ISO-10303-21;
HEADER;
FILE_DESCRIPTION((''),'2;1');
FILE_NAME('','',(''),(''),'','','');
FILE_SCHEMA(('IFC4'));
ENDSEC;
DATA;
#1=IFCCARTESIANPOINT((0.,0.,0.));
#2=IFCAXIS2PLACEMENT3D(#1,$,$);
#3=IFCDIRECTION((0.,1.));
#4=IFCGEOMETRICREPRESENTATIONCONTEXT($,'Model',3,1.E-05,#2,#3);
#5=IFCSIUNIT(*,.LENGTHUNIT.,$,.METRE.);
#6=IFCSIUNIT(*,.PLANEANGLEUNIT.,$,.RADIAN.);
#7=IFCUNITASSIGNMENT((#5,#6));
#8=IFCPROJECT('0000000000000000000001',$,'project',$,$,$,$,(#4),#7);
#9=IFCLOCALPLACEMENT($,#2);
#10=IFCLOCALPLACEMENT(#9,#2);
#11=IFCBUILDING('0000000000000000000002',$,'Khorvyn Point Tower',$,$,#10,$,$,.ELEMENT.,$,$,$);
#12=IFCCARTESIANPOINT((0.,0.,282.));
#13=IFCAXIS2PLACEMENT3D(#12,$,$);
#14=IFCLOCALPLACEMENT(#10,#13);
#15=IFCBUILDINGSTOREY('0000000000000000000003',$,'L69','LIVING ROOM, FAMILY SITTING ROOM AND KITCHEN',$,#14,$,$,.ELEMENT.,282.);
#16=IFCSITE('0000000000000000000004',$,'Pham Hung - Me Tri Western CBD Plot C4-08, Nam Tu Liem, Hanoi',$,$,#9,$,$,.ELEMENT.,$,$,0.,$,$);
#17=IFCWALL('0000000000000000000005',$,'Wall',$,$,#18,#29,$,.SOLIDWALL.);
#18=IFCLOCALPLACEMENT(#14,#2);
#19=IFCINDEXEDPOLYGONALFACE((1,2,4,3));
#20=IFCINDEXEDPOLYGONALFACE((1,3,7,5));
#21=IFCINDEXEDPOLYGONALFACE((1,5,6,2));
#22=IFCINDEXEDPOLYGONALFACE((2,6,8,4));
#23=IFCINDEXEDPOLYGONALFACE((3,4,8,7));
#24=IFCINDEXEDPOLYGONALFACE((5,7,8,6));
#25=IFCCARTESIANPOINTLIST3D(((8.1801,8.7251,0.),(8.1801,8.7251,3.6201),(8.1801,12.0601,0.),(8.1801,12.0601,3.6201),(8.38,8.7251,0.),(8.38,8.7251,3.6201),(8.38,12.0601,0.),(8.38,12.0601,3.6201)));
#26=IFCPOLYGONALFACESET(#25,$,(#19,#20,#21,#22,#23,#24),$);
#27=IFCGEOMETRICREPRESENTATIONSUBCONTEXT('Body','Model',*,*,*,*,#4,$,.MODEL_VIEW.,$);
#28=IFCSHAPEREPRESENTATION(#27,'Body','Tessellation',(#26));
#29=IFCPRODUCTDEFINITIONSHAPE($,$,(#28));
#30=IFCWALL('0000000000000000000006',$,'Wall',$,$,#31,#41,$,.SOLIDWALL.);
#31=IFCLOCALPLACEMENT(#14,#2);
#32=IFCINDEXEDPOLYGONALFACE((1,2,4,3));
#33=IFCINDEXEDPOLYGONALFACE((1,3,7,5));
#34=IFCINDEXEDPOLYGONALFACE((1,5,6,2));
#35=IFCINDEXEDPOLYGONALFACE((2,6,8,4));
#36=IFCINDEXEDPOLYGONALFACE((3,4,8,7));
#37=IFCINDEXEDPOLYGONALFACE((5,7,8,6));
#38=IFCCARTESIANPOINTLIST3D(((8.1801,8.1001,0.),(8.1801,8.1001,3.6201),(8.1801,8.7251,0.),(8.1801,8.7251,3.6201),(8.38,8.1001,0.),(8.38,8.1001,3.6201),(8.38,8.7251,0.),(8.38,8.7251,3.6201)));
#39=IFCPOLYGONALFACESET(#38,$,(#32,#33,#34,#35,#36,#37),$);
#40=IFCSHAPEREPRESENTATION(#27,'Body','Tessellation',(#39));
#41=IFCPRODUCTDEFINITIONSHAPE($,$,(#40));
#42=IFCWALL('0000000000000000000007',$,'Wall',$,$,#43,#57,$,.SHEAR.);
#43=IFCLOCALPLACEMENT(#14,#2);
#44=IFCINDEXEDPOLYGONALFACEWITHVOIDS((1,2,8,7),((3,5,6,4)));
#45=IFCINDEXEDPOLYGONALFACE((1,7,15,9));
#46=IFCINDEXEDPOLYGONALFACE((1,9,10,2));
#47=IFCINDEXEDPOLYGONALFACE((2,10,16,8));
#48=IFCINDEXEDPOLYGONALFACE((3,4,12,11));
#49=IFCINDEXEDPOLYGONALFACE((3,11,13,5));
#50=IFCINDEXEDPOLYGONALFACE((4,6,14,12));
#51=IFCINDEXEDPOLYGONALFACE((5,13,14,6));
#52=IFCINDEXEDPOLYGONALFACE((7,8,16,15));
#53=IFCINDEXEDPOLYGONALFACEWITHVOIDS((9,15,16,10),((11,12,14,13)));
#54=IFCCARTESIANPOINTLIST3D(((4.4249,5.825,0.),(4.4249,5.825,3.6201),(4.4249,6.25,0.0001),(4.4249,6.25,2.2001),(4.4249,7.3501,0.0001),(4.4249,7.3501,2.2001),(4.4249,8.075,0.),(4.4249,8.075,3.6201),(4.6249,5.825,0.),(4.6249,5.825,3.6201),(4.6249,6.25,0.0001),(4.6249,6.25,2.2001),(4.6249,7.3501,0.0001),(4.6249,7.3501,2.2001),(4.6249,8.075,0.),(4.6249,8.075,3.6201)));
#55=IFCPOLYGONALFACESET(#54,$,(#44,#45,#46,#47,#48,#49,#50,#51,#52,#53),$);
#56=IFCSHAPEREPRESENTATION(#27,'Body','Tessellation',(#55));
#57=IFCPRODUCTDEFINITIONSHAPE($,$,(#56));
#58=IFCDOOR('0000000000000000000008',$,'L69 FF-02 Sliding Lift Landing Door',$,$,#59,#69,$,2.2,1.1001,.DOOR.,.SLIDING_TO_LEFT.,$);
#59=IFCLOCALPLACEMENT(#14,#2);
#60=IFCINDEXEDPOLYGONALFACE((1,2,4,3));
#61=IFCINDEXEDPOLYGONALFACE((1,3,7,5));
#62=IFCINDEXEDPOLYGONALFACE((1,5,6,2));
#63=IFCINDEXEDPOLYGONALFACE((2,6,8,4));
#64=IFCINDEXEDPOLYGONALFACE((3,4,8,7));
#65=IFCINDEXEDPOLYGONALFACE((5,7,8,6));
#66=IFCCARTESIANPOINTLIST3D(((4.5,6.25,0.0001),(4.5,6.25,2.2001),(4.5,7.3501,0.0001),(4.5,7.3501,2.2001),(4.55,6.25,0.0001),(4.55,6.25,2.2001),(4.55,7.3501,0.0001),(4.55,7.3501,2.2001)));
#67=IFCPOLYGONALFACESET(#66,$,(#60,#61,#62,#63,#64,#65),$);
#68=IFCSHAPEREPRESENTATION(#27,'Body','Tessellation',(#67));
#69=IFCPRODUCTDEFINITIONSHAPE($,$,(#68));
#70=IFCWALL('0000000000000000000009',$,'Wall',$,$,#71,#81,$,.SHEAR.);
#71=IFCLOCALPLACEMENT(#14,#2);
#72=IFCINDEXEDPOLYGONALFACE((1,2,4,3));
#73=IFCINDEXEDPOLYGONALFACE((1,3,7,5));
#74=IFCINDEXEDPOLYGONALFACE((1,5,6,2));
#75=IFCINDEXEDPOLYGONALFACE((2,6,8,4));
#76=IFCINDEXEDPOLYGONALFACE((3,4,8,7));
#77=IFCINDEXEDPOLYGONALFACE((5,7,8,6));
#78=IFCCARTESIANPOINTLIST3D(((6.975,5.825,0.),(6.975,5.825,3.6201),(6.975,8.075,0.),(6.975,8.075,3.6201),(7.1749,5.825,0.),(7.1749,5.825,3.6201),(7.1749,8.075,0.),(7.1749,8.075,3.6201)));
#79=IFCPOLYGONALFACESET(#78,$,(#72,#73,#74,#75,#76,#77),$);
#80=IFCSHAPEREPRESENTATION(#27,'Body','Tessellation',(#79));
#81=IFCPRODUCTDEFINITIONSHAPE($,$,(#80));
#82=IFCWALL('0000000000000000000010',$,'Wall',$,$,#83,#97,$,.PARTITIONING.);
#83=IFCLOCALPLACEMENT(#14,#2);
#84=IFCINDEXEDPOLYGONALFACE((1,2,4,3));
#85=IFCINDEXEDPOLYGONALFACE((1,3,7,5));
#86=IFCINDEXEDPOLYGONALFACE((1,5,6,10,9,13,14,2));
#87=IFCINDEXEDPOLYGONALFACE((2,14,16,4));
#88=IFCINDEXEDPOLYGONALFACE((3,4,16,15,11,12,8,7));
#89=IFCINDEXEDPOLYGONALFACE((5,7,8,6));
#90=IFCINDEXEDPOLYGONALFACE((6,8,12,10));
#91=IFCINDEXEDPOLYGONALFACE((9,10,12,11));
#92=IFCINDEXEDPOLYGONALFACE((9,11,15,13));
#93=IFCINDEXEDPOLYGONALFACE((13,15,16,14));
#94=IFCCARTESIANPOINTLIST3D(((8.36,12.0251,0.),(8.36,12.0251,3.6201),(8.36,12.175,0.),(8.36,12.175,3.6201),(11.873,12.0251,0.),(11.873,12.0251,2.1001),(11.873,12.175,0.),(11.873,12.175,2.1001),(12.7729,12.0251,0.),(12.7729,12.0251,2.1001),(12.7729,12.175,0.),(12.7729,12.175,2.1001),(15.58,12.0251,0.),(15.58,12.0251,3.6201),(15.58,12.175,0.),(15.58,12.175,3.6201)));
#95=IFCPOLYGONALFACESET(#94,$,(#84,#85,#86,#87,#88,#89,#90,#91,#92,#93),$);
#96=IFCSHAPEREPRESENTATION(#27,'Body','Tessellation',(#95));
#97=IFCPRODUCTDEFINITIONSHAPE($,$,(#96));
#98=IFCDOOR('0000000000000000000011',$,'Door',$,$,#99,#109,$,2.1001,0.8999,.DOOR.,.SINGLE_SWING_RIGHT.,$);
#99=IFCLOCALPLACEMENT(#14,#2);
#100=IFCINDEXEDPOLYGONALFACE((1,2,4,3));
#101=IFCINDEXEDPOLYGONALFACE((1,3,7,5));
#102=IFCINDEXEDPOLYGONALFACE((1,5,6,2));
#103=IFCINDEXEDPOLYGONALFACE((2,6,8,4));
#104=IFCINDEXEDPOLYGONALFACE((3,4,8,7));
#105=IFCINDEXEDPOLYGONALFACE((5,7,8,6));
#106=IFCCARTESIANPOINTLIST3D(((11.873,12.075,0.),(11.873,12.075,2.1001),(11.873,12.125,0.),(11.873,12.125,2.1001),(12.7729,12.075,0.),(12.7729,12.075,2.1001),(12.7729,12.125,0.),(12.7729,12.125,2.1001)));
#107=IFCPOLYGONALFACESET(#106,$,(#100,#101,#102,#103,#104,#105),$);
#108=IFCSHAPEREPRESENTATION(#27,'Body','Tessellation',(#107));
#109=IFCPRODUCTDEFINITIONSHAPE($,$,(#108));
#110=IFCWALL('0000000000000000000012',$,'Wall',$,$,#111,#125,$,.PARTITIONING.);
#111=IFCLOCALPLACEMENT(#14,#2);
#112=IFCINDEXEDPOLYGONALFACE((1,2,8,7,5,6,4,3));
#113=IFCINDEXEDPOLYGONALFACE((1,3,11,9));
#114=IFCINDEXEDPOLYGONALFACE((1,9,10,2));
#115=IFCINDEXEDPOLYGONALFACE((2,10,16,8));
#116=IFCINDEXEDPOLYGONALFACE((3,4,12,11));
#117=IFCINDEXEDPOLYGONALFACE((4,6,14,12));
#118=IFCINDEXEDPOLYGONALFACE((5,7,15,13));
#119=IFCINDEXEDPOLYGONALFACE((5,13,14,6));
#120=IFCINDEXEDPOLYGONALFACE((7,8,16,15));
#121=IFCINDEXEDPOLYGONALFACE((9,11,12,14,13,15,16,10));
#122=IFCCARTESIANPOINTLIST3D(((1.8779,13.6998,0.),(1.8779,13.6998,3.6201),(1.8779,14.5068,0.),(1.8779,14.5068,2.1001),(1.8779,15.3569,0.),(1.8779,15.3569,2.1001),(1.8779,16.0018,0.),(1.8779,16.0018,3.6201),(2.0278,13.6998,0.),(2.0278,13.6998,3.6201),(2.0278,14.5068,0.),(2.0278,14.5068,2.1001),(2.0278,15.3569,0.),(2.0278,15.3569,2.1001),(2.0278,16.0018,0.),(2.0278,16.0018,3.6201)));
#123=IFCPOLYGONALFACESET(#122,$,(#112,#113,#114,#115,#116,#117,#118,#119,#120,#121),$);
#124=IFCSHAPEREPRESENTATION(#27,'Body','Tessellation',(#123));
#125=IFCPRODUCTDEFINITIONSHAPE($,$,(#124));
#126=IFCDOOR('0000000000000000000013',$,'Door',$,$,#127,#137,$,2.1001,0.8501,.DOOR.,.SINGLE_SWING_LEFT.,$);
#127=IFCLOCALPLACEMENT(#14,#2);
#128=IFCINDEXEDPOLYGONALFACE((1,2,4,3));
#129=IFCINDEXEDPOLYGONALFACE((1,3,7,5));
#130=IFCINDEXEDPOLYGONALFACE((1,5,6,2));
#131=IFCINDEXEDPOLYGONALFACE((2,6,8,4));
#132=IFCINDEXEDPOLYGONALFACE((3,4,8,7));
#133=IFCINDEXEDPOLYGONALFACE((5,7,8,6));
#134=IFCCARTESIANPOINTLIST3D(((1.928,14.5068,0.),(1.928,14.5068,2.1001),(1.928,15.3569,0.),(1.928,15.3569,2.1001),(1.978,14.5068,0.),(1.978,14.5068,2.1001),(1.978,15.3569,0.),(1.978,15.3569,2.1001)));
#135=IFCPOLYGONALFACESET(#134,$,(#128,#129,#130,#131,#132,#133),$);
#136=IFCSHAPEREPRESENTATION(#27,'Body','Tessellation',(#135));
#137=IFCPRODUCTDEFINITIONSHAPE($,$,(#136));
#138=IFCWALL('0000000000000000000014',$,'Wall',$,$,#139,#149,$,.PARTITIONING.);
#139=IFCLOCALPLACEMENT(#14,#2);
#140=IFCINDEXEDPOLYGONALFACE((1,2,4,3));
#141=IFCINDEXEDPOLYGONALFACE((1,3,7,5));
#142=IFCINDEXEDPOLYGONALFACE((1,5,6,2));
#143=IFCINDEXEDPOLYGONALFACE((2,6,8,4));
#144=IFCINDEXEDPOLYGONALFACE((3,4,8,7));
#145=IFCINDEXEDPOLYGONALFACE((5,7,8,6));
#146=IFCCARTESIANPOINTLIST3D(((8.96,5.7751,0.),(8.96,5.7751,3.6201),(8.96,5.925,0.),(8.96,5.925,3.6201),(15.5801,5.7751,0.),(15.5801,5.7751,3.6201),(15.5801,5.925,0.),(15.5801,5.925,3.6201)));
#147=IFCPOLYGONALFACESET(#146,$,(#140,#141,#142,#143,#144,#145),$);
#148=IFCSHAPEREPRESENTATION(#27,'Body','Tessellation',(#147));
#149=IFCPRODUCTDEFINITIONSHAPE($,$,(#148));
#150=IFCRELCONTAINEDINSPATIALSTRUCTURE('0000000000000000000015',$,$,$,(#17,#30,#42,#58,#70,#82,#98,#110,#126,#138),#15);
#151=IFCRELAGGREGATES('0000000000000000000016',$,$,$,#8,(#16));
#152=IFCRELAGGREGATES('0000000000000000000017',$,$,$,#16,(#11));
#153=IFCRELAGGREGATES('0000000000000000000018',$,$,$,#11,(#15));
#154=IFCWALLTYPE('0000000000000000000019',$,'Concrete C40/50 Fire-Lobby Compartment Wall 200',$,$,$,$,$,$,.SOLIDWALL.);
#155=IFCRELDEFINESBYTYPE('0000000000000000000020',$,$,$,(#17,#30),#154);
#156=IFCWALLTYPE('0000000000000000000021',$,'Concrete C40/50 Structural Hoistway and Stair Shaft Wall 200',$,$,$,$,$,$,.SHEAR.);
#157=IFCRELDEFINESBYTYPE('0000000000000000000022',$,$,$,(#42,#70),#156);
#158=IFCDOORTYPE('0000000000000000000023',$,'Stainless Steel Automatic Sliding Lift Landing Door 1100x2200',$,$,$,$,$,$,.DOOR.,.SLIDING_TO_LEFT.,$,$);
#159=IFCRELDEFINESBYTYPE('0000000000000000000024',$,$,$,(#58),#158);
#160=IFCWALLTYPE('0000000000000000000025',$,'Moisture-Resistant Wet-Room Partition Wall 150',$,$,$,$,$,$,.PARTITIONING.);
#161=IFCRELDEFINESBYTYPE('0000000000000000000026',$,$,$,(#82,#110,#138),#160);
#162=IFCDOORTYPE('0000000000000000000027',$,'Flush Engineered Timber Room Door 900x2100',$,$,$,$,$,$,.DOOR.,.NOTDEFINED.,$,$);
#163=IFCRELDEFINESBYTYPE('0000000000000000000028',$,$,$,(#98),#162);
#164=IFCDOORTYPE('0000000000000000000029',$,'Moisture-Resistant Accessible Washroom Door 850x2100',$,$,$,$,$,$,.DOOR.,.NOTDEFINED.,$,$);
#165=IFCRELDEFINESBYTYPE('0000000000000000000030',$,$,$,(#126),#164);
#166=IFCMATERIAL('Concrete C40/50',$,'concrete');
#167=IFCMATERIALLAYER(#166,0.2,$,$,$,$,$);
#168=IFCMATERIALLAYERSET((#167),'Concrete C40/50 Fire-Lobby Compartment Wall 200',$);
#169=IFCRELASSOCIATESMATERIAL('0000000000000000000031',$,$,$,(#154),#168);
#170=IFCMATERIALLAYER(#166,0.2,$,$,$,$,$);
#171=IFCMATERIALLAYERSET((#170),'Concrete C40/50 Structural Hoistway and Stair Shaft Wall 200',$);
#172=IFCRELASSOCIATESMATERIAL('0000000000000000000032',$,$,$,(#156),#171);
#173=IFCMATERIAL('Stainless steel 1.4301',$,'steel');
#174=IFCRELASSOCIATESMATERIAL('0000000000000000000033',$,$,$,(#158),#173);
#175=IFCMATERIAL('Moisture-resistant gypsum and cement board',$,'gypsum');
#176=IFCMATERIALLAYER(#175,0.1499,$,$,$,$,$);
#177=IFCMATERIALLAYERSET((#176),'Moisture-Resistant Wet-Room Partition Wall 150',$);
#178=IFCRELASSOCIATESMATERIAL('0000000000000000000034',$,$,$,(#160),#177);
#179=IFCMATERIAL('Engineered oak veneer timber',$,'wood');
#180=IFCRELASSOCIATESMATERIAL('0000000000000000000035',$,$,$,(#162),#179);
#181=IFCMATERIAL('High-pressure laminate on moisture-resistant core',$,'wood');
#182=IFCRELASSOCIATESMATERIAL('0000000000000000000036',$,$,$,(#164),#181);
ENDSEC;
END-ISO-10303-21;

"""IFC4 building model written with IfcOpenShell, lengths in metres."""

from ifc_helpers import new_model, si_unit, direction, frame, frame_2d, origin, place, context, subcontext, project, spatial, rectangle, extrude, material, layer, layer_set, type_object, element, fill, save


model = new_model("IFC4")

# Units and contexts
model_context = context("Model", 3, precision=1e-05, world=origin(), true_north=direction((0.0, 1.0)))
body_context = subcontext(model_context, "Body", "Model", "MODEL_VIEW")
ifc_project = project(units=[si_unit("LENGTHUNIT", "METRE"), si_unit("PLANEANGLEUNIT", "RADIAN")], contexts=[model_context])

# Site, building, storey
site_placement = place(None, origin())
site = spatial("IfcSite", under=ifc_project, at=site_placement, Name="Pham Hung - Me Tri Western CBD Plot C4-08, Nam Tu Liem, Hanoi", CompositionType="ELEMENT", RefElevation=0.0)
building_placement = place(site_placement, origin())
building = spatial("IfcBuilding", under=site, at=building_placement, Name="Khorvyn Point Tower", CompositionType="ELEMENT")
storey_placement = place(building_placement, frame((0.0, 0.0, 282.0)))
storey = spatial("IfcBuildingStorey", under=building, at=storey_placement, Name="L69", Description="LIVING ROOM, FAMILY SITTING ROOM AND KITCHEN", CompositionType="ELEMENT", Elevation=282.0)

# Shared definitions
ifc_material_1 = material(Name="Concrete C40/50", Category="concrete")

# Shared definitions
ifc_layer_1 = layer(ifc_material_1, 0.2)
ifc_layer_set_1 = layer_set([ifc_layer_1], Name="Concrete C40/50 Fire-Lobby Compartment Wall 200")
wall_type_1 = type_object("IfcWallType", Name="Concrete C40/50 Fire-Lobby Compartment Wall 200", PredefinedType="SOLIDWALL", material=ifc_layer_set_1)

# Walls
wall_1_placement = place(storey_placement, frame((8.28, 8.7251, 0.0), z_axis=(0.0, 0.0, 1.0), x_axis=(0.0, 1.0, 0.0)))
element("IfcWall", 1, at=wall_1_placement, inside=storey, type_object=wall_type_1, Name="Wall", PredefinedType="SOLIDWALL", context=body_context, shape_type="SweptSolid", body=[
    extrude(rectangle(XDim=3.335, YDim=0.2, at=frame_2d((1.6675, 0.0))), origin(), (0.0, 0.0, 1.0), 3.6201),
])
wall_2_placement = place(storey_placement, frame((8.28, 8.1001, 0.0), z_axis=(0.0, 0.0, 1.0), x_axis=(0.0, 1.0, 0.0)))
element("IfcWall", 2, at=wall_2_placement, inside=storey, type_object=wall_type_1, Name="Wall", PredefinedType="SOLIDWALL", context=body_context, shape_type="SweptSolid", body=[
    extrude(rectangle(XDim=0.625, YDim=0.2, at=frame_2d((0.3125, 0.0))), origin(), (0.0, 0.0, 1.0), 3.6201),
])

# Wall, opening, door
ifc_layer_2 = layer(ifc_material_1, 0.2)
ifc_layer_set_2 = layer_set([ifc_layer_2], Name="Concrete C40/50 Structural Hoistway and Stair Shaft Wall 200")
wall_type_2 = type_object("IfcWallType", Name="Concrete C40/50 Structural Hoistway and Stair Shaft Wall 200", PredefinedType="SHEAR", material=ifc_layer_set_2)
wall_3_placement = place(storey_placement, frame((4.5249, 5.825, 0.0), z_axis=(0.0, 0.0, 1.0), x_axis=(0.0, 1.0, 0.0)))
wall_3 = element("IfcWall", 3, at=wall_3_placement, inside=storey, type_object=wall_type_2, Name="Wall", PredefinedType="SHEAR", context=body_context, shape_type="SweptSolid", body=[
    extrude(rectangle(XDim=2.25, YDim=0.2, at=frame_2d((1.125, 0.0))), origin(), (0.0, 0.0, 1.0), 3.6201),
])
opening_1_placement = place(wall_3_placement, frame((0.425, 0.0, 0.0)))
opening_1 = element("IfcOpeningElement", 4, at=opening_1_placement, cuts=wall_3, PredefinedType="OPENING", context=body_context, shape_type="SweptSolid", body=[
    extrude(rectangle(XDim=1.1001, YDim=2.2, at=frame_2d((0.55, 1.1001))), frame((0.0, 0.1099, 0.0), z_axis=(0.0, -1.0, 0.0), x_axis=(1.0, 0.0, 0.0)), (0.0, 0.0, 1.0), 0.22),
])
ifc_material_2 = material(Name="Stainless steel 1.4301", Category="steel")
door_type_1 = type_object("IfcDoorType", Name="Stainless Steel Automatic Sliding Lift Landing Door 1100x2200", OperationType="SLIDING_TO_LEFT", PredefinedType="DOOR", material=ifc_material_2)
door_1_placement = place(opening_1_placement, origin())
door_1 = element("IfcDoor", 5, at=door_1_placement, inside=storey, type_object=door_type_1, Name="L69 FF-02 Sliding Lift Landing Door", OperationType="SLIDING_TO_LEFT", OverallHeight=2.2, OverallWidth=1.1001, PredefinedType="DOOR", context=body_context, shape_type="SweptSolid", body=[
    extrude(rectangle(XDim=1.1001, YDim=2.2, at=frame_2d((0.55, 1.1001))), frame((0.0, 0.0249, 0.0), z_axis=(0.0, -1.0, 0.0), x_axis=(1.0, 0.0, 0.0)), (0.0, 0.0, 1.0), 0.05),
])
fill(opening_1, door_1)

# Wall
wall_4_placement = place(storey_placement, frame((7.075, 5.825, 0.0), z_axis=(0.0, 0.0, 1.0), x_axis=(0.0, 1.0, 0.0)))
element("IfcWall", 6, at=wall_4_placement, inside=storey, type_object=wall_type_2, Name="Wall", PredefinedType="SHEAR", context=body_context, shape_type="SweptSolid", body=[
    extrude(rectangle(XDim=2.25, YDim=0.2, at=frame_2d((1.125, 0.0))), origin(), (0.0, 0.0, 1.0), 3.6201),
])

# Walls, openings, doors
ifc_material_3 = material(Name="Moisture-resistant gypsum and cement board", Category="gypsum")
ifc_layer_3 = layer(ifc_material_3, 0.1499)
ifc_layer_set_3 = layer_set([ifc_layer_3], Name="Moisture-Resistant Wet-Room Partition Wall 150")
wall_type_3 = type_object("IfcWallType", Name="Moisture-Resistant Wet-Room Partition Wall 150", PredefinedType="PARTITIONING", material=ifc_layer_set_3)
wall_5_placement = place(storey_placement, frame((8.3601, 12.1001, 0.0), z_axis=(0.0, 0.0, 1.0), x_axis=(1.0, 0.0, 0.0)))
wall_5 = element("IfcWall", 7, at=wall_5_placement, inside=storey, type_object=wall_type_3, Name="Wall", PredefinedType="PARTITIONING", context=body_context, shape_type="SweptSolid", body=[
    extrude(rectangle(XDim=7.22, YDim=0.1499, at=frame_2d((3.6099, 0.0))), origin(), (0.0, 0.0, 1.0), 3.6201),
])
opening_2_placement = place(wall_5_placement, frame((3.5129, 0.0, 0.0)))
opening_2 = element("IfcOpeningElement", 8, at=opening_2_placement, cuts=wall_5, PredefinedType="OPENING", context=body_context, shape_type="SweptSolid", body=[
    extrude(rectangle(XDim=0.8999, YDim=2.1001, at=frame_2d((0.45, 1.05))), frame((0.0, 0.085, 0.0), z_axis=(0.0, -1.0, 0.0), x_axis=(1.0, 0.0, 0.0)), (0.0, 0.0, 1.0), 0.1699),
])
ifc_material_4 = material(Name="Engineered oak veneer timber", Category="wood")
door_type_2 = type_object("IfcDoorType", Name="Flush Engineered Timber Room Door 900x2100", OperationType="NOTDEFINED", PredefinedType="DOOR", material=ifc_material_4)
door_2_placement = place(opening_2_placement, origin())
door_2 = element("IfcDoor", 9, at=door_2_placement, inside=storey, type_object=door_type_2, Name="Door", OperationType="SINGLE_SWING_RIGHT", OverallHeight=2.1001, OverallWidth=0.8999, PredefinedType="DOOR", context=body_context, shape_type="SweptSolid", body=[
    extrude(rectangle(XDim=0.8999, YDim=2.1001, at=frame_2d((0.45, 1.05))), frame((0.0, 0.0249, 0.0), z_axis=(0.0, -1.0, 0.0), x_axis=(1.0, 0.0, 0.0)), (0.0, 0.0, 1.0), 0.05),
])
fill(opening_2, door_2)
wall_6_placement = place(storey_placement, frame((1.9529, 13.7, 0.0), z_axis=(0.0, 0.0, 1.0), x_axis=(0.0, 1.0, 0.0)))
wall_6 = element("IfcWall", 10, at=wall_6_placement, inside=storey, type_object=wall_type_3, Name="Wall", PredefinedType="PARTITIONING", context=body_context, shape_type="SweptSolid", body=[
    extrude(rectangle(XDim=2.302, YDim=0.1499, at=frame_2d((1.1509, 0.0))), origin(), (0.0, 0.0, 1.0), 3.6201),
])
opening_3_placement = place(wall_6_placement, frame((0.8069, 0.0, 0.0)))
opening_3 = element("IfcOpeningElement", 11, at=opening_3_placement, cuts=wall_6, PredefinedType="OPENING", context=body_context, shape_type="SweptSolid", body=[
    extrude(rectangle(XDim=0.8501, YDim=2.1001, at=frame_2d((0.425, 1.05))), frame((0.0, 0.085, 0.0), z_axis=(0.0, -1.0, 0.0), x_axis=(1.0, 0.0, 0.0)), (0.0, 0.0, 1.0), 0.1699),
])
ifc_material_5 = material(Name="High-pressure laminate on moisture-resistant core", Category="wood")
door_type_3 = type_object("IfcDoorType", Name="Moisture-Resistant Accessible Washroom Door 850x2100", OperationType="NOTDEFINED", PredefinedType="DOOR", material=ifc_material_5)
door_3_placement = place(opening_3_placement, origin())
door_3 = element("IfcDoor", 12, at=door_3_placement, inside=storey, type_object=door_type_3, Name="Door", OperationType="SINGLE_SWING_LEFT", OverallHeight=2.1001, OverallWidth=0.8501, PredefinedType="DOOR", context=body_context, shape_type="SweptSolid", body=[
    extrude(rectangle(XDim=0.8501, YDim=2.1001, at=frame_2d((0.425, 1.05))), frame((0.0, 0.0249, 0.0), z_axis=(0.0, -1.0, 0.0), x_axis=(1.0, 0.0, 0.0)), (0.0, 0.0, 1.0), 0.05),
])
fill(opening_3, door_3)

# Wall
wall_7_placement = place(storey_placement, frame((8.96, 5.8501, 0.0), z_axis=(0.0, 0.0, 1.0), x_axis=(1.0, 0.0, 0.0)))
element("IfcWall", 13, at=wall_7_placement, inside=storey, type_object=wall_type_3, Name="Wall", PredefinedType="PARTITIONING", context=body_context, shape_type="SweptSolid", body=[
    extrude(rectangle(XDim=6.6201, YDim=0.1499, at=frame_2d((3.3101, 0.0))), origin(), (0.0, 0.0, 1.0), 3.6201),
])

save(model, "model.ifc")
